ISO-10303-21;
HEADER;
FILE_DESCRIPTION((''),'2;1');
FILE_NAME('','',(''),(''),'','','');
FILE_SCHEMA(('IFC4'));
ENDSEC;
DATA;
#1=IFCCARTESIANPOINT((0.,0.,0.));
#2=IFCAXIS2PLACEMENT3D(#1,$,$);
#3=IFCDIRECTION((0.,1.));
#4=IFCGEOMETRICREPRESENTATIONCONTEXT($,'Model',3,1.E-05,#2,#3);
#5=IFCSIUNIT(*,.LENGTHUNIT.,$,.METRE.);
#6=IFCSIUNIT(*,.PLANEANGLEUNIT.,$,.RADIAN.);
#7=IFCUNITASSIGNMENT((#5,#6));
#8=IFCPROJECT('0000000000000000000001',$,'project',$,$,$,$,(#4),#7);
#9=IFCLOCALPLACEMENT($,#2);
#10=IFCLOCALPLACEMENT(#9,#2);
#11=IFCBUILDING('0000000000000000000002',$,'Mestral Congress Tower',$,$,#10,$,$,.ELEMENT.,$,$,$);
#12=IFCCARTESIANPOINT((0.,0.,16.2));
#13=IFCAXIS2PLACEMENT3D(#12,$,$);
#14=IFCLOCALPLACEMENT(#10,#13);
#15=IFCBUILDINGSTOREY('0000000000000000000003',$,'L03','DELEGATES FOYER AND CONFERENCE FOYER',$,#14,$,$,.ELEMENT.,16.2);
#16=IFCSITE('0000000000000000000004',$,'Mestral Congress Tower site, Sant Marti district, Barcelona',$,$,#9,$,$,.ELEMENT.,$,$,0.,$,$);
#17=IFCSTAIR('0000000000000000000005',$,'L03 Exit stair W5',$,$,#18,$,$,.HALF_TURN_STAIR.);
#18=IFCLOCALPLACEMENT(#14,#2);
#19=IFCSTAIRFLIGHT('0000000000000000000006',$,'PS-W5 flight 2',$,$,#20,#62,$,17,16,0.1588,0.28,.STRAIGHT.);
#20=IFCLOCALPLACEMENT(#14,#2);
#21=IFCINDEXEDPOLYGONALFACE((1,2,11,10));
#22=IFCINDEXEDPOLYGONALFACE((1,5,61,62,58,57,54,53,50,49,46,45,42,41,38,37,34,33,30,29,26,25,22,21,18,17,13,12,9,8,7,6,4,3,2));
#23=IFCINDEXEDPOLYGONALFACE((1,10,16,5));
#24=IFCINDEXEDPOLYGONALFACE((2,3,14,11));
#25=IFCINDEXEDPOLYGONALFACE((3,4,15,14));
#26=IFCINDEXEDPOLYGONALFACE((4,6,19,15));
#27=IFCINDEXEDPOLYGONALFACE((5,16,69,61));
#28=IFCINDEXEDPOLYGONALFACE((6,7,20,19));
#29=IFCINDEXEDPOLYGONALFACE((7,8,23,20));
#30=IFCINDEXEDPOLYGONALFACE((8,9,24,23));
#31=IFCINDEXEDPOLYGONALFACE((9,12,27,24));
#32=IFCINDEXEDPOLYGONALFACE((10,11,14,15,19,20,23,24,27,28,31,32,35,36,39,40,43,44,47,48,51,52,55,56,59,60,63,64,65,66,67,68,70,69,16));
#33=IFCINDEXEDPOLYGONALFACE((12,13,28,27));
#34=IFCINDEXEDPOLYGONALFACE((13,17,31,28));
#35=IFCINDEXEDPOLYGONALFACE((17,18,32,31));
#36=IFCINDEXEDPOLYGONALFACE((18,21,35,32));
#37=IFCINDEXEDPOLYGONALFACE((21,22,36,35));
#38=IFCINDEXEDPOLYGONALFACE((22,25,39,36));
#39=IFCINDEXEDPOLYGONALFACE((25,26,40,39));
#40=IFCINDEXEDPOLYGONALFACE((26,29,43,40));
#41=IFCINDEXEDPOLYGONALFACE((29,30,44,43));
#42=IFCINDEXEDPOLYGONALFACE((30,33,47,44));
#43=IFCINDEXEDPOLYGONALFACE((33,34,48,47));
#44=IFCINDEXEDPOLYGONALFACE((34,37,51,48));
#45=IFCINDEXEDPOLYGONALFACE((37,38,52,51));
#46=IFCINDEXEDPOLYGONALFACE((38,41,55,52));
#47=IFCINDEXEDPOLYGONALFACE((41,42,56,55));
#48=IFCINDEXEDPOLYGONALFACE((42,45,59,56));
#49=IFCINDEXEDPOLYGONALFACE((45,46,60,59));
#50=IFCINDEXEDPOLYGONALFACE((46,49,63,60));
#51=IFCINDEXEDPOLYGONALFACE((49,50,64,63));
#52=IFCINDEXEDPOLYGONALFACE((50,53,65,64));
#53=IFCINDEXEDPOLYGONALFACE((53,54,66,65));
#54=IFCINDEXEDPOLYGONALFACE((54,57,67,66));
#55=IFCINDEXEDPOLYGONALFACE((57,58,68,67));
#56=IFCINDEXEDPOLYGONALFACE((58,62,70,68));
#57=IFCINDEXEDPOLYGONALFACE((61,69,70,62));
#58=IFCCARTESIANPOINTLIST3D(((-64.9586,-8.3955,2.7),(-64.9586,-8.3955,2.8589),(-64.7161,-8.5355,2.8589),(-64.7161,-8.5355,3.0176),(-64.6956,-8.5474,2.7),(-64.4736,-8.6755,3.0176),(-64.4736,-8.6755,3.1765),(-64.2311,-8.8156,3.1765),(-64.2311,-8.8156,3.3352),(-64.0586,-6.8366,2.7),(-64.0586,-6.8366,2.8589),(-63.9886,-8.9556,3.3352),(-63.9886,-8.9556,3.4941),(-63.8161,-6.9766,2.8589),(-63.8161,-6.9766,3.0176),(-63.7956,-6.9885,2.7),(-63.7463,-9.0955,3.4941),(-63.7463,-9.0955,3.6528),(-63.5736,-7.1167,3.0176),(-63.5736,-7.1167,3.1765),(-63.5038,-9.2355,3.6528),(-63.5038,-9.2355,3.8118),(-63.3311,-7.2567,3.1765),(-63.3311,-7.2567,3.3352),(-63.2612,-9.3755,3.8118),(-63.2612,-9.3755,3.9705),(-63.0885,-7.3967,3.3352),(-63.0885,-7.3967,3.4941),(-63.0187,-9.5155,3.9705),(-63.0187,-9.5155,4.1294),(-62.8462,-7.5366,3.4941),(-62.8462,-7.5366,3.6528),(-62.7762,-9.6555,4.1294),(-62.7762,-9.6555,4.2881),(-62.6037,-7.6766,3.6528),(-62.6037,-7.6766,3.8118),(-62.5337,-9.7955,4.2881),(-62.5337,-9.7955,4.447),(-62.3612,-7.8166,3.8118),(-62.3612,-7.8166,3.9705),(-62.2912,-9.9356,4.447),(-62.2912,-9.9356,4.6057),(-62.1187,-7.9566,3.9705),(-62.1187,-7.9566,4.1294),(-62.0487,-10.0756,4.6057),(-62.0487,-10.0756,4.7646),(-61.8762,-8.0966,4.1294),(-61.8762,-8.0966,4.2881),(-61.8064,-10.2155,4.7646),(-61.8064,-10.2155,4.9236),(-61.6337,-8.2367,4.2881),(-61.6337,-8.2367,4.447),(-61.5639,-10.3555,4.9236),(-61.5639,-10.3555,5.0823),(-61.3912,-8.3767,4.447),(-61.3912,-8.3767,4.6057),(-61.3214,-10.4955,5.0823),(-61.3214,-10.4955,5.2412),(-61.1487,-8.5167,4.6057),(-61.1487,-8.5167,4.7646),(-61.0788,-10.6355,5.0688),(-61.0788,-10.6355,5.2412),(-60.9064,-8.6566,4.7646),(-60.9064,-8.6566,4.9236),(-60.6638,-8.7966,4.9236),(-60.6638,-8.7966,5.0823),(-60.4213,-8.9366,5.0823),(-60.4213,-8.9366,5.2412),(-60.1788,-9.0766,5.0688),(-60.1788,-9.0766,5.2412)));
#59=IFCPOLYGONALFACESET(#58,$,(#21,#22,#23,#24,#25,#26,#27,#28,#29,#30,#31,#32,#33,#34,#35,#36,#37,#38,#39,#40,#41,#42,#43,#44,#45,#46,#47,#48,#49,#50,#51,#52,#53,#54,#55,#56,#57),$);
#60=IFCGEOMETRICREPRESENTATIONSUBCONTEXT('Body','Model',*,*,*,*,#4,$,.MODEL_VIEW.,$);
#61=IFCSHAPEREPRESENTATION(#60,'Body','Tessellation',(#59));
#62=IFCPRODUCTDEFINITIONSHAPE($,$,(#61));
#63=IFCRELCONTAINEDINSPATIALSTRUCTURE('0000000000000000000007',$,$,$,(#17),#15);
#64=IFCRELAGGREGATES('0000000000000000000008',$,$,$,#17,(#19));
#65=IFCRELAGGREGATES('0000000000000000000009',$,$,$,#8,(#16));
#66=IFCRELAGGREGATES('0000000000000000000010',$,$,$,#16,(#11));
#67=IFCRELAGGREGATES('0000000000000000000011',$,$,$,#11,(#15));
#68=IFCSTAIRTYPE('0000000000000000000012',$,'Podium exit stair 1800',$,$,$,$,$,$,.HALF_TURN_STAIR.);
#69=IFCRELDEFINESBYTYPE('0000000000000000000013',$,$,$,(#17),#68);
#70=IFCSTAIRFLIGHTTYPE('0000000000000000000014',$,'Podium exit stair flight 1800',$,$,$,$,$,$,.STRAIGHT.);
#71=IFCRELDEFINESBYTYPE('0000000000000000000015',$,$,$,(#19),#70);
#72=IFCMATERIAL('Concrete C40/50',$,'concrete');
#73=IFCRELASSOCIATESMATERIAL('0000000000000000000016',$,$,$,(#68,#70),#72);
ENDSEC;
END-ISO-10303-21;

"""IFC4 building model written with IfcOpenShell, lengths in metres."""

from ifc_helpers import new_model, si_unit, direction, frame, origin, place, context, subcontext, project, spatial, polyline, outline, extrude, material, type_object, element, aggregate, save


model = new_model("IFC4")

# Units and contexts
model_context = context("Model", 3, precision=1e-05, world=origin(), true_north=direction((0.0, 1.0)))
body_context = subcontext(model_context, "Body", "Model", "MODEL_VIEW")
ifc_project = project(units=[si_unit("LENGTHUNIT", "METRE"), si_unit("PLANEANGLEUNIT", "RADIAN")], contexts=[model_context])

# Site, building, storey
site_placement = place(None, origin())
site = spatial("IfcSite", under=ifc_project, at=site_placement, Name="Mestral Congress Tower site, Sant Marti district, Barcelona", CompositionType="ELEMENT", RefElevation=0.0)
building_placement = place(site_placement, origin())
building = spatial("IfcBuilding", under=site, at=building_placement, Name="Mestral Congress Tower", CompositionType="ELEMENT")
storey_placement = place(building_placement, frame((0.0, 0.0, 16.2)))
storey = spatial("IfcBuildingStorey", under=building, at=storey_placement, Name="L03", Description="DELEGATES FOYER AND CONFERENCE FOYER", CompositionType="ELEMENT", Elevation=16.2)

# Stair, stair flight
ifc_material_1 = material(Name="Concrete C40/50", Category="concrete")
stair_type = type_object("IfcStairType", Name="Podium exit stair 1800", PredefinedType="HALF_TURN_STAIR", material=ifc_material_1)
stair_placement = place(storey_placement, origin())
stair = element("IfcStair", 1, at=stair_placement, inside=storey, type_object=stair_type, Name="L03 Exit stair W5", PredefinedType="HALF_TURN_STAIR")
stair_flight_type = type_object("IfcStairFlightType", Name="Podium exit stair flight 1800", PredefinedType="STRAIGHT", material=ifc_material_1)
stair_flight_placement = place(storey_placement, frame((-64.5085, -7.616, 2.7), z_axis=(0.0, 0.0, 1.0), x_axis=(0.866025, -0.5, 0.0)))
stair_flight = element("IfcStairFlight", 2, at=stair_flight_placement, type_object=stair_flight_type, Name="PS-W5 flight 2", NumberOfRisers=17, NumberOfTreads=16, PredefinedType="STRAIGHT", RiserHeight=0.1588, TreadLength=0.28, context=body_context, shape_type="SweptSolid", body=[
    extrude(outline(polyline([(0.0, 0.0), (0.0, 0.1589), (0.28, 0.1589), (0.28, 0.3176), (0.5601, 0.3176), (0.5601, 0.4766), (0.8401, 0.4766), (0.8401, 0.6353), (1.1201, 0.6353), (1.1201, 0.7942), (1.3999, 0.7942), (1.3999, 0.9529), (1.6799, 0.9529), (1.6799, 1.1118), (1.96, 1.1118), (1.96, 1.2705), (2.24, 1.2705), (2.24, 1.4294), (2.52, 1.4294), (2.52, 1.5881), (2.8, 1.5881), (2.8, 1.7471), (3.0801, 1.7471), (3.0801, 1.9058), (3.3601, 1.9058), (3.3601, 2.0647), (3.6399, 2.0647), (3.6399, 2.2236), (3.9199, 2.2236), (3.9199, 2.3823), (4.2, 2.3823), (4.2, 2.5413), (4.48, 2.5413), (4.48, 2.7), (4.48, 2.3689), (0.3037, 0.0), (0.0, 0.0)])), frame((0.0, 0.8999, 0.0), z_axis=(0.0, -1.0, 0.0), x_axis=(1.0, 0.0, 0.0)), (0.0, 0.0, 1.0), 1.8),
])
aggregate(stair, [stair_flight])

save(model, "model.ifc")
